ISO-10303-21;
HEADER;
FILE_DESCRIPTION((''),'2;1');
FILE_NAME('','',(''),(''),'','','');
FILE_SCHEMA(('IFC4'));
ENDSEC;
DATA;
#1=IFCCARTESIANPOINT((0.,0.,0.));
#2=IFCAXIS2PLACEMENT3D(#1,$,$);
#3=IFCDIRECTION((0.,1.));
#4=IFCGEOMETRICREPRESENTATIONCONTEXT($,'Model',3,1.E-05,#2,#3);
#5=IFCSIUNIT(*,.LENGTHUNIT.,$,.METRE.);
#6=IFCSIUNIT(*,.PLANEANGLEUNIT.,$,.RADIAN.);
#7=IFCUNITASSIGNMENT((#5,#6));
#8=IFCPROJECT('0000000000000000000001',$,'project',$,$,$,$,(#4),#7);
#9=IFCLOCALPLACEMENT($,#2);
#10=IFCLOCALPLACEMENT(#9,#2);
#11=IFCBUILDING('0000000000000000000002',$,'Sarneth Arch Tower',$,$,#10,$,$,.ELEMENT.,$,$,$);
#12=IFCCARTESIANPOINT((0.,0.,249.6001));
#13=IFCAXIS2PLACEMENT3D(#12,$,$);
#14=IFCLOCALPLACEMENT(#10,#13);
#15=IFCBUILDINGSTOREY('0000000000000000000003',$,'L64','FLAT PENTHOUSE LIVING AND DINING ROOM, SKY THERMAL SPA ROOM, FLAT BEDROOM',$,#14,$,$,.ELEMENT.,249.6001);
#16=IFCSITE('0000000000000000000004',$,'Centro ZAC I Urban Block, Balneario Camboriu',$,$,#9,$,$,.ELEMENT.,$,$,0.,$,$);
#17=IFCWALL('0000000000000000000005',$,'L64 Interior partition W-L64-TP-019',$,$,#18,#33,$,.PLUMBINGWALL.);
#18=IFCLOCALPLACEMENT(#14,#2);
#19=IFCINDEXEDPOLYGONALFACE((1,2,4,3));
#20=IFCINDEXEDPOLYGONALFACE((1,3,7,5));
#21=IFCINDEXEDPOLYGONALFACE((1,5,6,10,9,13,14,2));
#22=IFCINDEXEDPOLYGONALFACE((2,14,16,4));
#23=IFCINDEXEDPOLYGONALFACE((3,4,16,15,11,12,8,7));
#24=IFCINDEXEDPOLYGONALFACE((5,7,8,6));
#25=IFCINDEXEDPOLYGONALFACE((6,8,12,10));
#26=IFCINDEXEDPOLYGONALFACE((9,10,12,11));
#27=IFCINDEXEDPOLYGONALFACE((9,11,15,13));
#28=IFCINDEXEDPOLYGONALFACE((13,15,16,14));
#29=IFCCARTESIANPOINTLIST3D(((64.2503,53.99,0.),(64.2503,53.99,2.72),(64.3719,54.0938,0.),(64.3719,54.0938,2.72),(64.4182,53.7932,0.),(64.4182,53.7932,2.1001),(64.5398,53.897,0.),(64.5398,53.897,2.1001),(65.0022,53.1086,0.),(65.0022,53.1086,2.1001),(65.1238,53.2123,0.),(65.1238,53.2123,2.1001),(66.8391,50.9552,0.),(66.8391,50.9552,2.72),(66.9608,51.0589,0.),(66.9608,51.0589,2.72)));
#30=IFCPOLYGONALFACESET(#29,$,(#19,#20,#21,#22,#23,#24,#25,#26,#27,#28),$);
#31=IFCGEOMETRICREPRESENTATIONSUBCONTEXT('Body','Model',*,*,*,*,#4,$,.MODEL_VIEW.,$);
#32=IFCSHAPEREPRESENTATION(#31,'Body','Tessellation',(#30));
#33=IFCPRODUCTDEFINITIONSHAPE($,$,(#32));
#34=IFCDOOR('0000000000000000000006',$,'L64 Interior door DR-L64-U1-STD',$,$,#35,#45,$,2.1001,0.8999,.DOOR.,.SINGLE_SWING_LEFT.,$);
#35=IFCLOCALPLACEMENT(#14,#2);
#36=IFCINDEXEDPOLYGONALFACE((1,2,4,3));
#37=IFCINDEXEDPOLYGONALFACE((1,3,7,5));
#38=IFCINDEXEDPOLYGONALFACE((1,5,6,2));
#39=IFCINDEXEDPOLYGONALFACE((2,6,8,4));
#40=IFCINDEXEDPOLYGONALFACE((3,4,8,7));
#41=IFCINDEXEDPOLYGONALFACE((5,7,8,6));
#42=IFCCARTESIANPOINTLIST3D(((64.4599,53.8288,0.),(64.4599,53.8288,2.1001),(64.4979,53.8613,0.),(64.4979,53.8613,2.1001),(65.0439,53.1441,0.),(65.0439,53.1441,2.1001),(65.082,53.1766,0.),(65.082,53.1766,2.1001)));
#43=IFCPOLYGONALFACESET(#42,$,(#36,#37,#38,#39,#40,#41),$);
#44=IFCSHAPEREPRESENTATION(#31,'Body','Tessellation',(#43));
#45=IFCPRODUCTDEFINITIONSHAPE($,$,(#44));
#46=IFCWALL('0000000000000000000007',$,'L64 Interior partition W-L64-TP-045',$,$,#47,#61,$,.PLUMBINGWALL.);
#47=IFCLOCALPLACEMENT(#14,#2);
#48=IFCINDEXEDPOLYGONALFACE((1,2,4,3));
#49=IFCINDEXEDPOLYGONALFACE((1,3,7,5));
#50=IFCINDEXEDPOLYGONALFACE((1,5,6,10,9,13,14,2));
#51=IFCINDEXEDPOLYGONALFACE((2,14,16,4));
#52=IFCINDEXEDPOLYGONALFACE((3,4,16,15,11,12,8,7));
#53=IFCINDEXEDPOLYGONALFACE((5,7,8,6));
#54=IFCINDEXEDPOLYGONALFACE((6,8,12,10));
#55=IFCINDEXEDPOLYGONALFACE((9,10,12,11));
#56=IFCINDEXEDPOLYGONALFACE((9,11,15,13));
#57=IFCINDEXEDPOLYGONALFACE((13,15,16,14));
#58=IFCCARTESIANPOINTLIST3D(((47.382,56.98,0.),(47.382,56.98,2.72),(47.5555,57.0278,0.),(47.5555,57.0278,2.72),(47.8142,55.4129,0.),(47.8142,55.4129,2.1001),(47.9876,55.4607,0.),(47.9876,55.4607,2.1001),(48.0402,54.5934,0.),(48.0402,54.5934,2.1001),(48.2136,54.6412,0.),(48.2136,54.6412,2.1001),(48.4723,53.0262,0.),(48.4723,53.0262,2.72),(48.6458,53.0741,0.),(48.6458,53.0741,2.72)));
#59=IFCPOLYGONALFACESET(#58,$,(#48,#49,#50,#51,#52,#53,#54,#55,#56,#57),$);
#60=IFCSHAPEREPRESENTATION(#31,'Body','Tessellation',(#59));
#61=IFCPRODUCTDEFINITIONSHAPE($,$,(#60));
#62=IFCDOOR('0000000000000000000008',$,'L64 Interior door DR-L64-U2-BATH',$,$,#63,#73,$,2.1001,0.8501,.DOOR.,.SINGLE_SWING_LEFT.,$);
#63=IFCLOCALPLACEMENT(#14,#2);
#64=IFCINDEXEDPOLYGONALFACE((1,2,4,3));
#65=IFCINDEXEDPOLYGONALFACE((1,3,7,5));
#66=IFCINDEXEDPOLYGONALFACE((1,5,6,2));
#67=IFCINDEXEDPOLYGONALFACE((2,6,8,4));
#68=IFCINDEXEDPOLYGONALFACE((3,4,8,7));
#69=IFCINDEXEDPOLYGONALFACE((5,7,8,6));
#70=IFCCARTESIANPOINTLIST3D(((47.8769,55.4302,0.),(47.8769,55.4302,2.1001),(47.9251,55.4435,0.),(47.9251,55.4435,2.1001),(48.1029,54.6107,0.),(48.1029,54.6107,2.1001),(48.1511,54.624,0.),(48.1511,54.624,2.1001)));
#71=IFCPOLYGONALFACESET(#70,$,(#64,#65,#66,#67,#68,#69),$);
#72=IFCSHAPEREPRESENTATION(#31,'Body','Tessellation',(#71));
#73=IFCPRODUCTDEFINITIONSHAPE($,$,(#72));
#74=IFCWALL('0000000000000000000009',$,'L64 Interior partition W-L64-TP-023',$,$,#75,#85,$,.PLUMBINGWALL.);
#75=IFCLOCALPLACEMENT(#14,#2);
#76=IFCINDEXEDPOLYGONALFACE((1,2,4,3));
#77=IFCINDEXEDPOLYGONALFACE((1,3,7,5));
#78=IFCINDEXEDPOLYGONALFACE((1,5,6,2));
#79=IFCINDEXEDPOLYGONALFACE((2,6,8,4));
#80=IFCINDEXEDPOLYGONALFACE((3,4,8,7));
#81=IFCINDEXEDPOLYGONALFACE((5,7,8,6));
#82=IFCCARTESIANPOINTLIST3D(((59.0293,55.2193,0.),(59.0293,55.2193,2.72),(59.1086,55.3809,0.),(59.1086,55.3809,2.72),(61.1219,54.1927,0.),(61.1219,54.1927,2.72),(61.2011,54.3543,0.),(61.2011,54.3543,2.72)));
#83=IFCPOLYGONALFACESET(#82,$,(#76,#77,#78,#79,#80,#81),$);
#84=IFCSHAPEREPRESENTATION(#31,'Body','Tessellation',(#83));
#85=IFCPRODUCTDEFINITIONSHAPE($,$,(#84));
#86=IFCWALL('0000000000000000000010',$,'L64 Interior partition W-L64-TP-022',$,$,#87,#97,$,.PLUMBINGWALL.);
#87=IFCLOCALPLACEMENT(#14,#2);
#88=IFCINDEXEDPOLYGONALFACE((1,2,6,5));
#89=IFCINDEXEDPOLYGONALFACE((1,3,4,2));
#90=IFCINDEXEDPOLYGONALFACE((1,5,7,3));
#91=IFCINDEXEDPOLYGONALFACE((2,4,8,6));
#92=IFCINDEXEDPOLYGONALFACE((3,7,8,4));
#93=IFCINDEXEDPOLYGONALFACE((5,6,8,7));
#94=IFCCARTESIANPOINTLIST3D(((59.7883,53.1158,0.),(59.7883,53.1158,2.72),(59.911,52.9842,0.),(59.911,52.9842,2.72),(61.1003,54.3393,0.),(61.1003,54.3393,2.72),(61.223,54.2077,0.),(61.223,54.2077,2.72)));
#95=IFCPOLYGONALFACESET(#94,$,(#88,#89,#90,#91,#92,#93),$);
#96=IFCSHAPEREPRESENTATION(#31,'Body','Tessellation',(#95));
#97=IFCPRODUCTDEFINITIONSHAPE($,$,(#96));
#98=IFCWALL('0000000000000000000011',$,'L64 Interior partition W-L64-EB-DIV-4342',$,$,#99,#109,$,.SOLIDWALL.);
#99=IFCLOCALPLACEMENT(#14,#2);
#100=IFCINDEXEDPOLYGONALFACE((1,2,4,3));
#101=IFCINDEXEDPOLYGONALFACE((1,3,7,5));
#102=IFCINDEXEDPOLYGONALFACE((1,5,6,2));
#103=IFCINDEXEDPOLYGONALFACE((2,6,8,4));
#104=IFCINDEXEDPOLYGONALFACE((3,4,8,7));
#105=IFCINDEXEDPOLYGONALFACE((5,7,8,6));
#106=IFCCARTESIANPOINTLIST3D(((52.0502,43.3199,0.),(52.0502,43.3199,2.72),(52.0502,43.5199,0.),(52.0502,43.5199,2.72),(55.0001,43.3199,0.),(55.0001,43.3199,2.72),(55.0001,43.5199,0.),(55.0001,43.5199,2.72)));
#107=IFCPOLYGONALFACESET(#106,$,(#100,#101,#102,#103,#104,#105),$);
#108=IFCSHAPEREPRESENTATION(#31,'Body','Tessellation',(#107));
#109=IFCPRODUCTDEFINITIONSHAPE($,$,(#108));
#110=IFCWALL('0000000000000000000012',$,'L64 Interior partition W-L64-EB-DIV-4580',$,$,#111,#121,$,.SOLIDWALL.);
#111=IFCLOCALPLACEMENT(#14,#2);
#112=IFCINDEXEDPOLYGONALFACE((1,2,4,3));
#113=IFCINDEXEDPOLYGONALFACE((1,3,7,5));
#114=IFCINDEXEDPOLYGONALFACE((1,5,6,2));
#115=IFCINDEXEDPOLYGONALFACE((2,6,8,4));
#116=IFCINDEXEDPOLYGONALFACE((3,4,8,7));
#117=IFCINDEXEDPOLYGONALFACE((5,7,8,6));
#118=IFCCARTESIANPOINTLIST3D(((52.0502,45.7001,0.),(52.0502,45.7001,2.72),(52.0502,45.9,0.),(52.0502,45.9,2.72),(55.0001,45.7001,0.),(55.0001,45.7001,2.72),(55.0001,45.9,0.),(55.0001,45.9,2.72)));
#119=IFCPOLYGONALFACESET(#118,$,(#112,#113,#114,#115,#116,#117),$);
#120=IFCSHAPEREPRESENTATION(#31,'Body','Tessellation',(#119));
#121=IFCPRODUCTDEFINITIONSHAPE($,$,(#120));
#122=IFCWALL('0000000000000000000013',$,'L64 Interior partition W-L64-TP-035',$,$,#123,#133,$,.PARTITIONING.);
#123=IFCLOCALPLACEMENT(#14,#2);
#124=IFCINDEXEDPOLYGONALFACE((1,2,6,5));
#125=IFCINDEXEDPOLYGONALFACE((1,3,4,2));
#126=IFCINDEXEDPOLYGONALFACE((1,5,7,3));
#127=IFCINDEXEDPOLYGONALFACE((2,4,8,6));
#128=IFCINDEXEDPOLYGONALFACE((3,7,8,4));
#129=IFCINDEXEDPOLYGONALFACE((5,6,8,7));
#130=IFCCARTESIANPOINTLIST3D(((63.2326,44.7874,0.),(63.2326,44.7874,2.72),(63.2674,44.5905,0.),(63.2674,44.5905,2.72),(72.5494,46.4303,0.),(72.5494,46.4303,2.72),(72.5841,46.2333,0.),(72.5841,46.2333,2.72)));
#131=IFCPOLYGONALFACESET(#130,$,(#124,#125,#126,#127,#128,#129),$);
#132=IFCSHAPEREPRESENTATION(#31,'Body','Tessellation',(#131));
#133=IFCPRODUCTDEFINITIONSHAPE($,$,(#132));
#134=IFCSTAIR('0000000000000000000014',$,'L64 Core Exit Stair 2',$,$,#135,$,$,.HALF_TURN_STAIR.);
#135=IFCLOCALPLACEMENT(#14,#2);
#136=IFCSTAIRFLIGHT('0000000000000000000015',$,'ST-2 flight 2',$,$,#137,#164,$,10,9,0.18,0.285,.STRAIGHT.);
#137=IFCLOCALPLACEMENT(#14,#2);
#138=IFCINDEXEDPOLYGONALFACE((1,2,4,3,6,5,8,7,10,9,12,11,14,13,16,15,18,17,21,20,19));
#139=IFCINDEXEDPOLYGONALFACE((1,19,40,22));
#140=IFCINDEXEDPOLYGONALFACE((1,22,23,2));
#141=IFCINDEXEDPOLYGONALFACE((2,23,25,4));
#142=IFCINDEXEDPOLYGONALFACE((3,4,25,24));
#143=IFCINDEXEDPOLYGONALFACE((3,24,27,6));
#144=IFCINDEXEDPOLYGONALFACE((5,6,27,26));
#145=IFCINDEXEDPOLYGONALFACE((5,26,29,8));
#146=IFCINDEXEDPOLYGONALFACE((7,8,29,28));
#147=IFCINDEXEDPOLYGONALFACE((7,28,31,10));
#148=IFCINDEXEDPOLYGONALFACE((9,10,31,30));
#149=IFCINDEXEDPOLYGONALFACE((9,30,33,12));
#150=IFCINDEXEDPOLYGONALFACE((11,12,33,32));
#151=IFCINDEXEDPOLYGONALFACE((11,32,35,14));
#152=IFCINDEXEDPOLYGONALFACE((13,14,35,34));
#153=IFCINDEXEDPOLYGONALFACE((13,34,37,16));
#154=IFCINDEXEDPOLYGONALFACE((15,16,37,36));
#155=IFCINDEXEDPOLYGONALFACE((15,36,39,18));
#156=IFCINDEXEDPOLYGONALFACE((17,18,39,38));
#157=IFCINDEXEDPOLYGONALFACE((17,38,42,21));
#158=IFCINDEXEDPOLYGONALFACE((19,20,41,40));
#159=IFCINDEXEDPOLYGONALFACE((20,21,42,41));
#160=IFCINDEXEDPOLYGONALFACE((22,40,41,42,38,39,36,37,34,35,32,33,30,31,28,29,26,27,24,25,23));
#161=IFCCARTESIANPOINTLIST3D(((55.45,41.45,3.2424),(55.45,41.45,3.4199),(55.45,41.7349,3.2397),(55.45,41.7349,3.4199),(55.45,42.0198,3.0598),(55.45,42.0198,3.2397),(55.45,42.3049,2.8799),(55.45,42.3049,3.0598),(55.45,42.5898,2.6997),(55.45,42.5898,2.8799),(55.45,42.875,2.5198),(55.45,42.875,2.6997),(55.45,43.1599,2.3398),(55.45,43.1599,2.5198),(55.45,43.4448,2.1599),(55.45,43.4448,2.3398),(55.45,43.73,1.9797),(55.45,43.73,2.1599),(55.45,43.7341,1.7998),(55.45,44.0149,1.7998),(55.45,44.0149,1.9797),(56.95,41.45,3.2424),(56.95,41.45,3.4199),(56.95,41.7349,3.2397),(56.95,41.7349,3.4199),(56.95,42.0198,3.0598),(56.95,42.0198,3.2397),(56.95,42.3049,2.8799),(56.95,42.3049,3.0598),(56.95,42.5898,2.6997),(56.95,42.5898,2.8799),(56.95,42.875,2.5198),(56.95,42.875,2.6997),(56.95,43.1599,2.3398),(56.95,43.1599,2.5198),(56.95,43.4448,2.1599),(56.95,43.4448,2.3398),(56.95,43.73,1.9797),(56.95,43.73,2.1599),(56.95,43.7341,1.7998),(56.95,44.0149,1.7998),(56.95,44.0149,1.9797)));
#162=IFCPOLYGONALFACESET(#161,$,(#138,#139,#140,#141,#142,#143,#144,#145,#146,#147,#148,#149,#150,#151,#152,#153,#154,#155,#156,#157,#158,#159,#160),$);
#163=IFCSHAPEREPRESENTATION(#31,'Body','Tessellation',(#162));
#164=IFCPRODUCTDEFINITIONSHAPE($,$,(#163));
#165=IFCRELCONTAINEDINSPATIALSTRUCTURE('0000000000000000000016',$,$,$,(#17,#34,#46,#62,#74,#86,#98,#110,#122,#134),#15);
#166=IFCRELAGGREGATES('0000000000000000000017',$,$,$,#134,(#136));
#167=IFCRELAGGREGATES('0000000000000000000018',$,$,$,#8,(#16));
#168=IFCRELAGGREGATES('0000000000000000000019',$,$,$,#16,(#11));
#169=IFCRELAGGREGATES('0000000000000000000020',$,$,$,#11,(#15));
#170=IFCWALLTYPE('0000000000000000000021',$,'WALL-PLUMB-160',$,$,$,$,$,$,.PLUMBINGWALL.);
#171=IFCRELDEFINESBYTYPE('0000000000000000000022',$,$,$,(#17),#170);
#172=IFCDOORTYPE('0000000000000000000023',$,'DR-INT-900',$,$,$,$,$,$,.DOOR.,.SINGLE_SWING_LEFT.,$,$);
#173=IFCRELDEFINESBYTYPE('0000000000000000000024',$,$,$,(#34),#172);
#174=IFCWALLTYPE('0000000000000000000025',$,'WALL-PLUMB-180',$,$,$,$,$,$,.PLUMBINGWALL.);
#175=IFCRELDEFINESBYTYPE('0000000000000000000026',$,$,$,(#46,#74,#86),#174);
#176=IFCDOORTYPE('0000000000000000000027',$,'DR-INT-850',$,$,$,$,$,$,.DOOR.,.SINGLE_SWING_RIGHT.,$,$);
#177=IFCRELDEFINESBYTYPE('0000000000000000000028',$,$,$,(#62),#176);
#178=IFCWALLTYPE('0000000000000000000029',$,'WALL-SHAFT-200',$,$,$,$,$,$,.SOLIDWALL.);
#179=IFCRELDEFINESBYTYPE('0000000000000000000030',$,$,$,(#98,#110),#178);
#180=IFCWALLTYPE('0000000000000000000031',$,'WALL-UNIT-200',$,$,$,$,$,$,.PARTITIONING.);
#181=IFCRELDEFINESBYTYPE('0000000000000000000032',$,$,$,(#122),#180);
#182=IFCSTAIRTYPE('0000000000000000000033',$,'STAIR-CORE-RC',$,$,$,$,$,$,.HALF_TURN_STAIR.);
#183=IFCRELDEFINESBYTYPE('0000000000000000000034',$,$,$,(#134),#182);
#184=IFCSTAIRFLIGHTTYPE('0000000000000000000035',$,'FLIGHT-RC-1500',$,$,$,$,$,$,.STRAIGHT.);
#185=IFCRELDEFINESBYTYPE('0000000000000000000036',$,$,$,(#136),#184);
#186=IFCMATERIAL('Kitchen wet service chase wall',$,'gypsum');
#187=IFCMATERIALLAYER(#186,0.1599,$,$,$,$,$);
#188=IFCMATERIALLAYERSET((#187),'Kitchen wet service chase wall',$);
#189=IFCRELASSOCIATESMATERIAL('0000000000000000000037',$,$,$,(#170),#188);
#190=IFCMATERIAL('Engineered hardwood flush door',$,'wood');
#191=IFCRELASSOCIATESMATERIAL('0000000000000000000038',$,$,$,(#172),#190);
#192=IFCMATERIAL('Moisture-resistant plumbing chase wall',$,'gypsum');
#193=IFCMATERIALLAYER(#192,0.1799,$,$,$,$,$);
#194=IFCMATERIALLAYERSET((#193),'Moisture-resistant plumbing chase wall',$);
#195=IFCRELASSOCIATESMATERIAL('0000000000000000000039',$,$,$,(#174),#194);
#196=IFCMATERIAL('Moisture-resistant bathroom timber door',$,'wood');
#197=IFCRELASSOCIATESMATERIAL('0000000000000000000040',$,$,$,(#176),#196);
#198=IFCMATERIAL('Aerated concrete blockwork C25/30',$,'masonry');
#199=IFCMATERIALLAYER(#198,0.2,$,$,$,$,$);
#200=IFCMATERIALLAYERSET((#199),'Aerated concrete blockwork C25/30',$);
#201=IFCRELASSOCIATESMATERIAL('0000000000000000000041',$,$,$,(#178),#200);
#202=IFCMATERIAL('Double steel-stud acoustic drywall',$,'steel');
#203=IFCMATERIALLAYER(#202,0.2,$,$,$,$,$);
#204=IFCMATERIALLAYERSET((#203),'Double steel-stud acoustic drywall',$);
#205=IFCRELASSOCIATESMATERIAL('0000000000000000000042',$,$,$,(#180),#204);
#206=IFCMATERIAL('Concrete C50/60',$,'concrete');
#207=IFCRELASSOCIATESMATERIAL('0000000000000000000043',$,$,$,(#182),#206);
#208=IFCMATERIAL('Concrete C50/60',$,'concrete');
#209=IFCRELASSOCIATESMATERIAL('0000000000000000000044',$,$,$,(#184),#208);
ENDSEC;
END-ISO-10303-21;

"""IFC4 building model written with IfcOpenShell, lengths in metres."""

from ifc_helpers import new_model, si_unit, direction, frame, frame_2d, origin, place, context, subcontext, project, spatial, polyline, rectangle, outline, extrude, material, layer, layer_set, type_object, element, fill, aggregate, save


model = new_model("IFC4")

# Units and contexts
model_context = context("Model", 3, precision=1e-05, world=origin(), true_north=direction((0.0, 1.0)))
body_context = subcontext(model_context, "Body", "Model", "MODEL_VIEW")
ifc_project = project(units=[si_unit("LENGTHUNIT", "METRE"), si_unit("PLANEANGLEUNIT", "RADIAN")], contexts=[model_context])

# Site, building, storey
site_placement = place(None, origin())
site = spatial("IfcSite", under=ifc_project, at=site_placement, Name="Centro ZAC I Urban Block, Balneario Camboriu", CompositionType="ELEMENT", RefElevation=0.0)
building_placement = place(site_placement, origin())
building = spatial("IfcBuilding", under=site, at=building_placement, Name="Sarneth Arch Tower", CompositionType="ELEMENT")
storey_placement = place(building_placement, frame((0.0, 0.0, 249.6001)))
storey = spatial("IfcBuildingStorey", under=building, at=storey_placement, Name="L64", Description="FLAT PENTHOUSE LIVING AND DINING ROOM, SKY THERMAL SPA ROOM, FLAT BEDROOM", CompositionType="ELEMENT", Elevation=249.6001)

# Walls, openings, doors
ifc_material_1 = material(Name="Kitchen wet service chase wall", Category="gypsum")
ifc_layer_1 = layer(ifc_material_1, 0.1599)
ifc_layer_set_1 = layer_set([ifc_layer_1], Name="Kitchen wet service chase wall")
wall_type_1 = type_object("IfcWallType", Name="WALL-PLUMB-160", PredefinedType="PLUMBINGWALL", material=ifc_layer_set_1)
wall_1_placement = place(storey_placement, frame((64.311, 54.042, 0.0), z_axis=(0.0, 0.0, 1.0), x_axis=(0.648985, -0.760801, 0.0)))
wall_1 = element("IfcWall", 1, at=wall_1_placement, inside=storey, type_object=wall_type_1, Name="L64 Interior partition W-L64-TP-019", PredefinedType="PLUMBINGWALL", context=body_context, shape_type="SweptSolid", body=[
    extrude(rectangle(XDim=3.989, YDim=0.1599, at=frame_2d((1.9946, 0.0))), origin(), (0.0, 0.0, 1.0), 2.72),
])
opening_1_placement = place(wall_1_placement, frame((0.2588, 0.0, 0.0)))
opening_1 = element("IfcOpeningElement", 2, at=opening_1_placement, cuts=wall_1, PredefinedType="OPENING", context=body_context, shape_type="SweptSolid", body=[
    extrude(rectangle(XDim=0.8999, YDim=2.1001, at=frame_2d((0.45, 1.05))), frame((0.0, 0.0898, 0.0), z_axis=(0.0, -1.0, 0.0), x_axis=(1.0, 0.0, 0.0)), (0.0, 0.0, 1.0), 0.1799),
])
ifc_material_2 = material(Name="Engineered hardwood flush door", Category="wood")
door_type_1 = type_object("IfcDoorType", Name="DR-INT-900", OperationType="SINGLE_SWING_LEFT", PredefinedType="DOOR", material=ifc_material_2)
door_1_placement = place(opening_1_placement, origin())
door_1 = element("IfcDoor", 3, at=door_1_placement, inside=storey, type_object=door_type_1, Name="L64 Interior door DR-L64-U1-STD", OperationType="SINGLE_SWING_LEFT", OverallHeight=2.1001, OverallWidth=0.8999, PredefinedType="DOOR", context=body_context, shape_type="SweptSolid", body=[
    extrude(rectangle(XDim=0.8999, YDim=2.1001, at=frame_2d((0.45, 1.05))), frame((0.0, 0.0249, 0.0), z_axis=(0.0, -1.0, 0.0), x_axis=(1.0, 0.0, 0.0)), (0.0, 0.0, 1.0), 0.05),
])
fill(opening_1, door_1)
ifc_material_3 = material(Name="Moisture-resistant plumbing chase wall", Category="gypsum")
ifc_layer_2 = layer(ifc_material_3, 0.1799)
ifc_layer_set_2 = layer_set([ifc_layer_2], Name="Moisture-resistant plumbing chase wall")
wall_type_2 = type_object("IfcWallType", Name="WALL-PLUMB-180", PredefinedType="PLUMBINGWALL", material=ifc_layer_set_2)
wall_2_placement = place(storey_placement, frame((48.5591, 53.05, 0.0), z_axis=(0.0, 0.0, 1.0), x_axis=(-0.265841, 0.964017, 0.0)))
wall_2 = element("IfcWall", 4, at=wall_2_placement, inside=storey, type_object=wall_type_2, Name="L64 Interior partition W-L64-TP-045", PredefinedType="PLUMBINGWALL", context=body_context, shape_type="SweptSolid", body=[
    extrude(rectangle(XDim=4.1013, YDim=0.1799, at=frame_2d((2.0508, 0.0))), origin(), (0.0, 0.0, 1.0), 2.72),
])
opening_2_placement = place(wall_2_placement, frame((1.6257, 0.0, 0.0)))
opening_2 = element("IfcOpeningElement", 5, at=opening_2_placement, cuts=wall_2, PredefinedType="OPENING", context=body_context, shape_type="SweptSolid", body=[
    extrude(rectangle(XDim=0.8501, YDim=2.1001, at=frame_2d((0.425, 1.05))), frame((0.0, 0.0999, 0.0), z_axis=(0.0, -1.0, 0.0), x_axis=(1.0, 0.0, 0.0)), (0.0, 0.0, 1.0), 0.2),
])
ifc_material_4 = material(Name="Moisture-resistant bathroom timber door", Category="wood")
door_type_2 = type_object("IfcDoorType", Name="DR-INT-850", OperationType="SINGLE_SWING_RIGHT", PredefinedType="DOOR", material=ifc_material_4)
door_2_placement = place(opening_2_placement, origin())
door_2 = element("IfcDoor", 6, at=door_2_placement, inside=storey, type_object=door_type_2, Name="L64 Interior door DR-L64-U2-BATH", OperationType="SINGLE_SWING_LEFT", OverallHeight=2.1001, OverallWidth=0.8501, PredefinedType="DOOR", context=body_context, shape_type="SweptSolid", body=[
    extrude(rectangle(XDim=0.8501, YDim=2.1001, at=frame_2d((0.425, 1.05))), frame((0.0, 0.0249, 0.0), z_axis=(0.0, -1.0, 0.0), x_axis=(1.0, 0.0, 0.0)), (0.0, 0.0, 1.0), 0.05),
])
fill(opening_2, door_2)

# Walls
wall_3_placement = place(storey_placement, frame((61.1616, 54.2734, 0.0), z_axis=(0.0, 0.0, 1.0), x_axis=(-0.897775, 0.440455, 0.0)))
element("IfcWall", 7, at=wall_3_placement, inside=storey, type_object=wall_type_2, Name="L64 Interior partition W-L64-TP-023", PredefinedType="PLUMBINGWALL", context=body_context, shape_type="SweptSolid", body=[
    extrude(rectangle(XDim=2.3308, YDim=0.1799, at=frame_2d((1.1655, 0.0))), origin(), (0.0, 0.0, 1.0), 2.72),
])
wall_4_placement = place(storey_placement, frame((59.8496, 53.05, 0.0), z_axis=(0.0, 0.0, 1.0), x_axis=(0.731377, 0.681974, 0.0)))
element("IfcWall", 8, at=wall_4_placement, inside=storey, type_object=wall_type_2, Name="L64 Interior partition W-L64-TP-022", PredefinedType="PLUMBINGWALL", context=body_context, shape_type="SweptSolid", body=[
    extrude(rectangle(XDim=1.7939, YDim=0.1799, at=frame_2d((0.897, 0.0))), origin(), (0.0, 0.0, 1.0), 2.72),
])
ifc_material_5 = material(Name="Aerated concrete blockwork C25/30", Category="masonry")
ifc_layer_3 = layer(ifc_material_5, 0.2)
ifc_layer_set_3 = layer_set([ifc_layer_3], Name="Aerated concrete blockwork C25/30")
wall_type_3 = type_object("IfcWallType", Name="WALL-SHAFT-200", PredefinedType="SOLIDWALL", material=ifc_layer_set_3)
for number, where, z_axis, x_axis, name in (
    (9, (52.05, 43.4199, 0.0), (0.0, 0.0, 1.0), (1.0, 0.0, 0.0), "L64 Interior partition W-L64-EB-DIV-4342"),
    (10, (52.05, 45.8, 0.0), (0.0, 0.0, 1.0), (1.0, 0.0, 0.0), "L64 Interior partition W-L64-EB-DIV-4580"),
):
    element("IfcWall", number, at=place(storey_placement, frame(where, z_axis=z_axis, x_axis=x_axis)), inside=storey, type_object=wall_type_3, Name=name, PredefinedType="SOLIDWALL", context=body_context, shape_type="SweptSolid", body=[
        extrude(rectangle(XDim=2.95, YDim=0.2, at=frame_2d((1.4751, 0.0))), origin(), (0.0, 0.0, 1.0), 2.72),
    ])
ifc_material_6 = material(Name="Double steel-stud acoustic drywall", Category="steel")
ifc_layer_4 = layer(ifc_material_6, 0.2)
ifc_layer_set_4 = layer_set([ifc_layer_4], Name="Double steel-stud acoustic drywall")
wall_type_4 = type_object("IfcWallType", Name="WALL-UNIT-200", PredefinedType="PARTITIONING", material=ifc_layer_set_4)
wall_5_placement = place(storey_placement, frame((63.25, 44.689, 0.0), z_axis=(0.0, 0.0, 1.0), x_axis=(0.984807, 0.173653, 0.0)))
element("IfcWall", 11, at=wall_5_placement, inside=storey, type_object=wall_type_4, Name="L64 Interior partition W-L64-TP-035", PredefinedType="PARTITIONING", context=body_context, shape_type="SweptSolid", body=[
    extrude(rectangle(XDim=9.4604, YDim=0.2, at=frame_2d((4.7302, 0.0))), origin(), (0.0, 0.0, 1.0), 2.72),
])

# Stair, stair flight
ifc_material_7 = material(Name="Concrete C50/60", Category="concrete")
stair_type = type_object("IfcStairType", Name="STAIR-CORE-RC", PredefinedType="HALF_TURN_STAIR", material=ifc_material_7)
stair_placement = place(storey_placement, origin())
stair = element("IfcStair", 12, at=stair_placement, inside=storey, type_object=stair_type, Name="L64 Core Exit Stair 2", PredefinedType="HALF_TURN_STAIR")
ifc_material_8 = material(Name="Concrete C50/60", Category="concrete")
stair_flight_type = type_object("IfcStairFlightType", Name="FLIGHT-RC-1500", PredefinedType="STRAIGHT", material=ifc_material_8)
stair_flight_placement = place(storey_placement, frame((56.2, 44.0149, 1.7998), z_axis=(0.0, 0.0, 1.0), x_axis=(0.0, -1.0, 0.0)))
stair_flight = element("IfcStairFlight", 13, at=stair_flight_placement, type_object=stair_flight_type, Name="ST-2 flight 2", NumberOfRisers=10, NumberOfTreads=9, PredefinedType="STRAIGHT", RiserHeight=0.18, TreadLength=0.285, context=body_context, shape_type="SweptSolid", body=[
    extrude(outline(polyline([(0.0, 0.0), (0.0, 0.1799), (0.2849, 0.1799), (0.2849, 0.3601), (0.5701, 0.3601), (0.5701, 0.54), (0.855, 0.54), (0.855, 0.72), (1.1399, 0.72), (1.1399, 0.8999), (1.425, 0.8999), (1.425, 1.0801), (1.71, 1.0801), (1.71, 1.26), (1.9951, 1.26), (1.9951, 1.4399), (2.28, 1.4399), (2.28, 1.6201), (2.5649, 1.6201), (2.5649, 1.8), (2.5649, 1.4426), (0.2808, 0.0), (0.0, 0.0)])), frame((0.0, 0.75, 0.0), z_axis=(0.0, -1.0, 0.0), x_axis=(1.0, 0.0, 0.0)), (0.0, 0.0, 1.0), 1.5),
])
aggregate(stair, [stair_flight])

save(model, "model.ifc")
